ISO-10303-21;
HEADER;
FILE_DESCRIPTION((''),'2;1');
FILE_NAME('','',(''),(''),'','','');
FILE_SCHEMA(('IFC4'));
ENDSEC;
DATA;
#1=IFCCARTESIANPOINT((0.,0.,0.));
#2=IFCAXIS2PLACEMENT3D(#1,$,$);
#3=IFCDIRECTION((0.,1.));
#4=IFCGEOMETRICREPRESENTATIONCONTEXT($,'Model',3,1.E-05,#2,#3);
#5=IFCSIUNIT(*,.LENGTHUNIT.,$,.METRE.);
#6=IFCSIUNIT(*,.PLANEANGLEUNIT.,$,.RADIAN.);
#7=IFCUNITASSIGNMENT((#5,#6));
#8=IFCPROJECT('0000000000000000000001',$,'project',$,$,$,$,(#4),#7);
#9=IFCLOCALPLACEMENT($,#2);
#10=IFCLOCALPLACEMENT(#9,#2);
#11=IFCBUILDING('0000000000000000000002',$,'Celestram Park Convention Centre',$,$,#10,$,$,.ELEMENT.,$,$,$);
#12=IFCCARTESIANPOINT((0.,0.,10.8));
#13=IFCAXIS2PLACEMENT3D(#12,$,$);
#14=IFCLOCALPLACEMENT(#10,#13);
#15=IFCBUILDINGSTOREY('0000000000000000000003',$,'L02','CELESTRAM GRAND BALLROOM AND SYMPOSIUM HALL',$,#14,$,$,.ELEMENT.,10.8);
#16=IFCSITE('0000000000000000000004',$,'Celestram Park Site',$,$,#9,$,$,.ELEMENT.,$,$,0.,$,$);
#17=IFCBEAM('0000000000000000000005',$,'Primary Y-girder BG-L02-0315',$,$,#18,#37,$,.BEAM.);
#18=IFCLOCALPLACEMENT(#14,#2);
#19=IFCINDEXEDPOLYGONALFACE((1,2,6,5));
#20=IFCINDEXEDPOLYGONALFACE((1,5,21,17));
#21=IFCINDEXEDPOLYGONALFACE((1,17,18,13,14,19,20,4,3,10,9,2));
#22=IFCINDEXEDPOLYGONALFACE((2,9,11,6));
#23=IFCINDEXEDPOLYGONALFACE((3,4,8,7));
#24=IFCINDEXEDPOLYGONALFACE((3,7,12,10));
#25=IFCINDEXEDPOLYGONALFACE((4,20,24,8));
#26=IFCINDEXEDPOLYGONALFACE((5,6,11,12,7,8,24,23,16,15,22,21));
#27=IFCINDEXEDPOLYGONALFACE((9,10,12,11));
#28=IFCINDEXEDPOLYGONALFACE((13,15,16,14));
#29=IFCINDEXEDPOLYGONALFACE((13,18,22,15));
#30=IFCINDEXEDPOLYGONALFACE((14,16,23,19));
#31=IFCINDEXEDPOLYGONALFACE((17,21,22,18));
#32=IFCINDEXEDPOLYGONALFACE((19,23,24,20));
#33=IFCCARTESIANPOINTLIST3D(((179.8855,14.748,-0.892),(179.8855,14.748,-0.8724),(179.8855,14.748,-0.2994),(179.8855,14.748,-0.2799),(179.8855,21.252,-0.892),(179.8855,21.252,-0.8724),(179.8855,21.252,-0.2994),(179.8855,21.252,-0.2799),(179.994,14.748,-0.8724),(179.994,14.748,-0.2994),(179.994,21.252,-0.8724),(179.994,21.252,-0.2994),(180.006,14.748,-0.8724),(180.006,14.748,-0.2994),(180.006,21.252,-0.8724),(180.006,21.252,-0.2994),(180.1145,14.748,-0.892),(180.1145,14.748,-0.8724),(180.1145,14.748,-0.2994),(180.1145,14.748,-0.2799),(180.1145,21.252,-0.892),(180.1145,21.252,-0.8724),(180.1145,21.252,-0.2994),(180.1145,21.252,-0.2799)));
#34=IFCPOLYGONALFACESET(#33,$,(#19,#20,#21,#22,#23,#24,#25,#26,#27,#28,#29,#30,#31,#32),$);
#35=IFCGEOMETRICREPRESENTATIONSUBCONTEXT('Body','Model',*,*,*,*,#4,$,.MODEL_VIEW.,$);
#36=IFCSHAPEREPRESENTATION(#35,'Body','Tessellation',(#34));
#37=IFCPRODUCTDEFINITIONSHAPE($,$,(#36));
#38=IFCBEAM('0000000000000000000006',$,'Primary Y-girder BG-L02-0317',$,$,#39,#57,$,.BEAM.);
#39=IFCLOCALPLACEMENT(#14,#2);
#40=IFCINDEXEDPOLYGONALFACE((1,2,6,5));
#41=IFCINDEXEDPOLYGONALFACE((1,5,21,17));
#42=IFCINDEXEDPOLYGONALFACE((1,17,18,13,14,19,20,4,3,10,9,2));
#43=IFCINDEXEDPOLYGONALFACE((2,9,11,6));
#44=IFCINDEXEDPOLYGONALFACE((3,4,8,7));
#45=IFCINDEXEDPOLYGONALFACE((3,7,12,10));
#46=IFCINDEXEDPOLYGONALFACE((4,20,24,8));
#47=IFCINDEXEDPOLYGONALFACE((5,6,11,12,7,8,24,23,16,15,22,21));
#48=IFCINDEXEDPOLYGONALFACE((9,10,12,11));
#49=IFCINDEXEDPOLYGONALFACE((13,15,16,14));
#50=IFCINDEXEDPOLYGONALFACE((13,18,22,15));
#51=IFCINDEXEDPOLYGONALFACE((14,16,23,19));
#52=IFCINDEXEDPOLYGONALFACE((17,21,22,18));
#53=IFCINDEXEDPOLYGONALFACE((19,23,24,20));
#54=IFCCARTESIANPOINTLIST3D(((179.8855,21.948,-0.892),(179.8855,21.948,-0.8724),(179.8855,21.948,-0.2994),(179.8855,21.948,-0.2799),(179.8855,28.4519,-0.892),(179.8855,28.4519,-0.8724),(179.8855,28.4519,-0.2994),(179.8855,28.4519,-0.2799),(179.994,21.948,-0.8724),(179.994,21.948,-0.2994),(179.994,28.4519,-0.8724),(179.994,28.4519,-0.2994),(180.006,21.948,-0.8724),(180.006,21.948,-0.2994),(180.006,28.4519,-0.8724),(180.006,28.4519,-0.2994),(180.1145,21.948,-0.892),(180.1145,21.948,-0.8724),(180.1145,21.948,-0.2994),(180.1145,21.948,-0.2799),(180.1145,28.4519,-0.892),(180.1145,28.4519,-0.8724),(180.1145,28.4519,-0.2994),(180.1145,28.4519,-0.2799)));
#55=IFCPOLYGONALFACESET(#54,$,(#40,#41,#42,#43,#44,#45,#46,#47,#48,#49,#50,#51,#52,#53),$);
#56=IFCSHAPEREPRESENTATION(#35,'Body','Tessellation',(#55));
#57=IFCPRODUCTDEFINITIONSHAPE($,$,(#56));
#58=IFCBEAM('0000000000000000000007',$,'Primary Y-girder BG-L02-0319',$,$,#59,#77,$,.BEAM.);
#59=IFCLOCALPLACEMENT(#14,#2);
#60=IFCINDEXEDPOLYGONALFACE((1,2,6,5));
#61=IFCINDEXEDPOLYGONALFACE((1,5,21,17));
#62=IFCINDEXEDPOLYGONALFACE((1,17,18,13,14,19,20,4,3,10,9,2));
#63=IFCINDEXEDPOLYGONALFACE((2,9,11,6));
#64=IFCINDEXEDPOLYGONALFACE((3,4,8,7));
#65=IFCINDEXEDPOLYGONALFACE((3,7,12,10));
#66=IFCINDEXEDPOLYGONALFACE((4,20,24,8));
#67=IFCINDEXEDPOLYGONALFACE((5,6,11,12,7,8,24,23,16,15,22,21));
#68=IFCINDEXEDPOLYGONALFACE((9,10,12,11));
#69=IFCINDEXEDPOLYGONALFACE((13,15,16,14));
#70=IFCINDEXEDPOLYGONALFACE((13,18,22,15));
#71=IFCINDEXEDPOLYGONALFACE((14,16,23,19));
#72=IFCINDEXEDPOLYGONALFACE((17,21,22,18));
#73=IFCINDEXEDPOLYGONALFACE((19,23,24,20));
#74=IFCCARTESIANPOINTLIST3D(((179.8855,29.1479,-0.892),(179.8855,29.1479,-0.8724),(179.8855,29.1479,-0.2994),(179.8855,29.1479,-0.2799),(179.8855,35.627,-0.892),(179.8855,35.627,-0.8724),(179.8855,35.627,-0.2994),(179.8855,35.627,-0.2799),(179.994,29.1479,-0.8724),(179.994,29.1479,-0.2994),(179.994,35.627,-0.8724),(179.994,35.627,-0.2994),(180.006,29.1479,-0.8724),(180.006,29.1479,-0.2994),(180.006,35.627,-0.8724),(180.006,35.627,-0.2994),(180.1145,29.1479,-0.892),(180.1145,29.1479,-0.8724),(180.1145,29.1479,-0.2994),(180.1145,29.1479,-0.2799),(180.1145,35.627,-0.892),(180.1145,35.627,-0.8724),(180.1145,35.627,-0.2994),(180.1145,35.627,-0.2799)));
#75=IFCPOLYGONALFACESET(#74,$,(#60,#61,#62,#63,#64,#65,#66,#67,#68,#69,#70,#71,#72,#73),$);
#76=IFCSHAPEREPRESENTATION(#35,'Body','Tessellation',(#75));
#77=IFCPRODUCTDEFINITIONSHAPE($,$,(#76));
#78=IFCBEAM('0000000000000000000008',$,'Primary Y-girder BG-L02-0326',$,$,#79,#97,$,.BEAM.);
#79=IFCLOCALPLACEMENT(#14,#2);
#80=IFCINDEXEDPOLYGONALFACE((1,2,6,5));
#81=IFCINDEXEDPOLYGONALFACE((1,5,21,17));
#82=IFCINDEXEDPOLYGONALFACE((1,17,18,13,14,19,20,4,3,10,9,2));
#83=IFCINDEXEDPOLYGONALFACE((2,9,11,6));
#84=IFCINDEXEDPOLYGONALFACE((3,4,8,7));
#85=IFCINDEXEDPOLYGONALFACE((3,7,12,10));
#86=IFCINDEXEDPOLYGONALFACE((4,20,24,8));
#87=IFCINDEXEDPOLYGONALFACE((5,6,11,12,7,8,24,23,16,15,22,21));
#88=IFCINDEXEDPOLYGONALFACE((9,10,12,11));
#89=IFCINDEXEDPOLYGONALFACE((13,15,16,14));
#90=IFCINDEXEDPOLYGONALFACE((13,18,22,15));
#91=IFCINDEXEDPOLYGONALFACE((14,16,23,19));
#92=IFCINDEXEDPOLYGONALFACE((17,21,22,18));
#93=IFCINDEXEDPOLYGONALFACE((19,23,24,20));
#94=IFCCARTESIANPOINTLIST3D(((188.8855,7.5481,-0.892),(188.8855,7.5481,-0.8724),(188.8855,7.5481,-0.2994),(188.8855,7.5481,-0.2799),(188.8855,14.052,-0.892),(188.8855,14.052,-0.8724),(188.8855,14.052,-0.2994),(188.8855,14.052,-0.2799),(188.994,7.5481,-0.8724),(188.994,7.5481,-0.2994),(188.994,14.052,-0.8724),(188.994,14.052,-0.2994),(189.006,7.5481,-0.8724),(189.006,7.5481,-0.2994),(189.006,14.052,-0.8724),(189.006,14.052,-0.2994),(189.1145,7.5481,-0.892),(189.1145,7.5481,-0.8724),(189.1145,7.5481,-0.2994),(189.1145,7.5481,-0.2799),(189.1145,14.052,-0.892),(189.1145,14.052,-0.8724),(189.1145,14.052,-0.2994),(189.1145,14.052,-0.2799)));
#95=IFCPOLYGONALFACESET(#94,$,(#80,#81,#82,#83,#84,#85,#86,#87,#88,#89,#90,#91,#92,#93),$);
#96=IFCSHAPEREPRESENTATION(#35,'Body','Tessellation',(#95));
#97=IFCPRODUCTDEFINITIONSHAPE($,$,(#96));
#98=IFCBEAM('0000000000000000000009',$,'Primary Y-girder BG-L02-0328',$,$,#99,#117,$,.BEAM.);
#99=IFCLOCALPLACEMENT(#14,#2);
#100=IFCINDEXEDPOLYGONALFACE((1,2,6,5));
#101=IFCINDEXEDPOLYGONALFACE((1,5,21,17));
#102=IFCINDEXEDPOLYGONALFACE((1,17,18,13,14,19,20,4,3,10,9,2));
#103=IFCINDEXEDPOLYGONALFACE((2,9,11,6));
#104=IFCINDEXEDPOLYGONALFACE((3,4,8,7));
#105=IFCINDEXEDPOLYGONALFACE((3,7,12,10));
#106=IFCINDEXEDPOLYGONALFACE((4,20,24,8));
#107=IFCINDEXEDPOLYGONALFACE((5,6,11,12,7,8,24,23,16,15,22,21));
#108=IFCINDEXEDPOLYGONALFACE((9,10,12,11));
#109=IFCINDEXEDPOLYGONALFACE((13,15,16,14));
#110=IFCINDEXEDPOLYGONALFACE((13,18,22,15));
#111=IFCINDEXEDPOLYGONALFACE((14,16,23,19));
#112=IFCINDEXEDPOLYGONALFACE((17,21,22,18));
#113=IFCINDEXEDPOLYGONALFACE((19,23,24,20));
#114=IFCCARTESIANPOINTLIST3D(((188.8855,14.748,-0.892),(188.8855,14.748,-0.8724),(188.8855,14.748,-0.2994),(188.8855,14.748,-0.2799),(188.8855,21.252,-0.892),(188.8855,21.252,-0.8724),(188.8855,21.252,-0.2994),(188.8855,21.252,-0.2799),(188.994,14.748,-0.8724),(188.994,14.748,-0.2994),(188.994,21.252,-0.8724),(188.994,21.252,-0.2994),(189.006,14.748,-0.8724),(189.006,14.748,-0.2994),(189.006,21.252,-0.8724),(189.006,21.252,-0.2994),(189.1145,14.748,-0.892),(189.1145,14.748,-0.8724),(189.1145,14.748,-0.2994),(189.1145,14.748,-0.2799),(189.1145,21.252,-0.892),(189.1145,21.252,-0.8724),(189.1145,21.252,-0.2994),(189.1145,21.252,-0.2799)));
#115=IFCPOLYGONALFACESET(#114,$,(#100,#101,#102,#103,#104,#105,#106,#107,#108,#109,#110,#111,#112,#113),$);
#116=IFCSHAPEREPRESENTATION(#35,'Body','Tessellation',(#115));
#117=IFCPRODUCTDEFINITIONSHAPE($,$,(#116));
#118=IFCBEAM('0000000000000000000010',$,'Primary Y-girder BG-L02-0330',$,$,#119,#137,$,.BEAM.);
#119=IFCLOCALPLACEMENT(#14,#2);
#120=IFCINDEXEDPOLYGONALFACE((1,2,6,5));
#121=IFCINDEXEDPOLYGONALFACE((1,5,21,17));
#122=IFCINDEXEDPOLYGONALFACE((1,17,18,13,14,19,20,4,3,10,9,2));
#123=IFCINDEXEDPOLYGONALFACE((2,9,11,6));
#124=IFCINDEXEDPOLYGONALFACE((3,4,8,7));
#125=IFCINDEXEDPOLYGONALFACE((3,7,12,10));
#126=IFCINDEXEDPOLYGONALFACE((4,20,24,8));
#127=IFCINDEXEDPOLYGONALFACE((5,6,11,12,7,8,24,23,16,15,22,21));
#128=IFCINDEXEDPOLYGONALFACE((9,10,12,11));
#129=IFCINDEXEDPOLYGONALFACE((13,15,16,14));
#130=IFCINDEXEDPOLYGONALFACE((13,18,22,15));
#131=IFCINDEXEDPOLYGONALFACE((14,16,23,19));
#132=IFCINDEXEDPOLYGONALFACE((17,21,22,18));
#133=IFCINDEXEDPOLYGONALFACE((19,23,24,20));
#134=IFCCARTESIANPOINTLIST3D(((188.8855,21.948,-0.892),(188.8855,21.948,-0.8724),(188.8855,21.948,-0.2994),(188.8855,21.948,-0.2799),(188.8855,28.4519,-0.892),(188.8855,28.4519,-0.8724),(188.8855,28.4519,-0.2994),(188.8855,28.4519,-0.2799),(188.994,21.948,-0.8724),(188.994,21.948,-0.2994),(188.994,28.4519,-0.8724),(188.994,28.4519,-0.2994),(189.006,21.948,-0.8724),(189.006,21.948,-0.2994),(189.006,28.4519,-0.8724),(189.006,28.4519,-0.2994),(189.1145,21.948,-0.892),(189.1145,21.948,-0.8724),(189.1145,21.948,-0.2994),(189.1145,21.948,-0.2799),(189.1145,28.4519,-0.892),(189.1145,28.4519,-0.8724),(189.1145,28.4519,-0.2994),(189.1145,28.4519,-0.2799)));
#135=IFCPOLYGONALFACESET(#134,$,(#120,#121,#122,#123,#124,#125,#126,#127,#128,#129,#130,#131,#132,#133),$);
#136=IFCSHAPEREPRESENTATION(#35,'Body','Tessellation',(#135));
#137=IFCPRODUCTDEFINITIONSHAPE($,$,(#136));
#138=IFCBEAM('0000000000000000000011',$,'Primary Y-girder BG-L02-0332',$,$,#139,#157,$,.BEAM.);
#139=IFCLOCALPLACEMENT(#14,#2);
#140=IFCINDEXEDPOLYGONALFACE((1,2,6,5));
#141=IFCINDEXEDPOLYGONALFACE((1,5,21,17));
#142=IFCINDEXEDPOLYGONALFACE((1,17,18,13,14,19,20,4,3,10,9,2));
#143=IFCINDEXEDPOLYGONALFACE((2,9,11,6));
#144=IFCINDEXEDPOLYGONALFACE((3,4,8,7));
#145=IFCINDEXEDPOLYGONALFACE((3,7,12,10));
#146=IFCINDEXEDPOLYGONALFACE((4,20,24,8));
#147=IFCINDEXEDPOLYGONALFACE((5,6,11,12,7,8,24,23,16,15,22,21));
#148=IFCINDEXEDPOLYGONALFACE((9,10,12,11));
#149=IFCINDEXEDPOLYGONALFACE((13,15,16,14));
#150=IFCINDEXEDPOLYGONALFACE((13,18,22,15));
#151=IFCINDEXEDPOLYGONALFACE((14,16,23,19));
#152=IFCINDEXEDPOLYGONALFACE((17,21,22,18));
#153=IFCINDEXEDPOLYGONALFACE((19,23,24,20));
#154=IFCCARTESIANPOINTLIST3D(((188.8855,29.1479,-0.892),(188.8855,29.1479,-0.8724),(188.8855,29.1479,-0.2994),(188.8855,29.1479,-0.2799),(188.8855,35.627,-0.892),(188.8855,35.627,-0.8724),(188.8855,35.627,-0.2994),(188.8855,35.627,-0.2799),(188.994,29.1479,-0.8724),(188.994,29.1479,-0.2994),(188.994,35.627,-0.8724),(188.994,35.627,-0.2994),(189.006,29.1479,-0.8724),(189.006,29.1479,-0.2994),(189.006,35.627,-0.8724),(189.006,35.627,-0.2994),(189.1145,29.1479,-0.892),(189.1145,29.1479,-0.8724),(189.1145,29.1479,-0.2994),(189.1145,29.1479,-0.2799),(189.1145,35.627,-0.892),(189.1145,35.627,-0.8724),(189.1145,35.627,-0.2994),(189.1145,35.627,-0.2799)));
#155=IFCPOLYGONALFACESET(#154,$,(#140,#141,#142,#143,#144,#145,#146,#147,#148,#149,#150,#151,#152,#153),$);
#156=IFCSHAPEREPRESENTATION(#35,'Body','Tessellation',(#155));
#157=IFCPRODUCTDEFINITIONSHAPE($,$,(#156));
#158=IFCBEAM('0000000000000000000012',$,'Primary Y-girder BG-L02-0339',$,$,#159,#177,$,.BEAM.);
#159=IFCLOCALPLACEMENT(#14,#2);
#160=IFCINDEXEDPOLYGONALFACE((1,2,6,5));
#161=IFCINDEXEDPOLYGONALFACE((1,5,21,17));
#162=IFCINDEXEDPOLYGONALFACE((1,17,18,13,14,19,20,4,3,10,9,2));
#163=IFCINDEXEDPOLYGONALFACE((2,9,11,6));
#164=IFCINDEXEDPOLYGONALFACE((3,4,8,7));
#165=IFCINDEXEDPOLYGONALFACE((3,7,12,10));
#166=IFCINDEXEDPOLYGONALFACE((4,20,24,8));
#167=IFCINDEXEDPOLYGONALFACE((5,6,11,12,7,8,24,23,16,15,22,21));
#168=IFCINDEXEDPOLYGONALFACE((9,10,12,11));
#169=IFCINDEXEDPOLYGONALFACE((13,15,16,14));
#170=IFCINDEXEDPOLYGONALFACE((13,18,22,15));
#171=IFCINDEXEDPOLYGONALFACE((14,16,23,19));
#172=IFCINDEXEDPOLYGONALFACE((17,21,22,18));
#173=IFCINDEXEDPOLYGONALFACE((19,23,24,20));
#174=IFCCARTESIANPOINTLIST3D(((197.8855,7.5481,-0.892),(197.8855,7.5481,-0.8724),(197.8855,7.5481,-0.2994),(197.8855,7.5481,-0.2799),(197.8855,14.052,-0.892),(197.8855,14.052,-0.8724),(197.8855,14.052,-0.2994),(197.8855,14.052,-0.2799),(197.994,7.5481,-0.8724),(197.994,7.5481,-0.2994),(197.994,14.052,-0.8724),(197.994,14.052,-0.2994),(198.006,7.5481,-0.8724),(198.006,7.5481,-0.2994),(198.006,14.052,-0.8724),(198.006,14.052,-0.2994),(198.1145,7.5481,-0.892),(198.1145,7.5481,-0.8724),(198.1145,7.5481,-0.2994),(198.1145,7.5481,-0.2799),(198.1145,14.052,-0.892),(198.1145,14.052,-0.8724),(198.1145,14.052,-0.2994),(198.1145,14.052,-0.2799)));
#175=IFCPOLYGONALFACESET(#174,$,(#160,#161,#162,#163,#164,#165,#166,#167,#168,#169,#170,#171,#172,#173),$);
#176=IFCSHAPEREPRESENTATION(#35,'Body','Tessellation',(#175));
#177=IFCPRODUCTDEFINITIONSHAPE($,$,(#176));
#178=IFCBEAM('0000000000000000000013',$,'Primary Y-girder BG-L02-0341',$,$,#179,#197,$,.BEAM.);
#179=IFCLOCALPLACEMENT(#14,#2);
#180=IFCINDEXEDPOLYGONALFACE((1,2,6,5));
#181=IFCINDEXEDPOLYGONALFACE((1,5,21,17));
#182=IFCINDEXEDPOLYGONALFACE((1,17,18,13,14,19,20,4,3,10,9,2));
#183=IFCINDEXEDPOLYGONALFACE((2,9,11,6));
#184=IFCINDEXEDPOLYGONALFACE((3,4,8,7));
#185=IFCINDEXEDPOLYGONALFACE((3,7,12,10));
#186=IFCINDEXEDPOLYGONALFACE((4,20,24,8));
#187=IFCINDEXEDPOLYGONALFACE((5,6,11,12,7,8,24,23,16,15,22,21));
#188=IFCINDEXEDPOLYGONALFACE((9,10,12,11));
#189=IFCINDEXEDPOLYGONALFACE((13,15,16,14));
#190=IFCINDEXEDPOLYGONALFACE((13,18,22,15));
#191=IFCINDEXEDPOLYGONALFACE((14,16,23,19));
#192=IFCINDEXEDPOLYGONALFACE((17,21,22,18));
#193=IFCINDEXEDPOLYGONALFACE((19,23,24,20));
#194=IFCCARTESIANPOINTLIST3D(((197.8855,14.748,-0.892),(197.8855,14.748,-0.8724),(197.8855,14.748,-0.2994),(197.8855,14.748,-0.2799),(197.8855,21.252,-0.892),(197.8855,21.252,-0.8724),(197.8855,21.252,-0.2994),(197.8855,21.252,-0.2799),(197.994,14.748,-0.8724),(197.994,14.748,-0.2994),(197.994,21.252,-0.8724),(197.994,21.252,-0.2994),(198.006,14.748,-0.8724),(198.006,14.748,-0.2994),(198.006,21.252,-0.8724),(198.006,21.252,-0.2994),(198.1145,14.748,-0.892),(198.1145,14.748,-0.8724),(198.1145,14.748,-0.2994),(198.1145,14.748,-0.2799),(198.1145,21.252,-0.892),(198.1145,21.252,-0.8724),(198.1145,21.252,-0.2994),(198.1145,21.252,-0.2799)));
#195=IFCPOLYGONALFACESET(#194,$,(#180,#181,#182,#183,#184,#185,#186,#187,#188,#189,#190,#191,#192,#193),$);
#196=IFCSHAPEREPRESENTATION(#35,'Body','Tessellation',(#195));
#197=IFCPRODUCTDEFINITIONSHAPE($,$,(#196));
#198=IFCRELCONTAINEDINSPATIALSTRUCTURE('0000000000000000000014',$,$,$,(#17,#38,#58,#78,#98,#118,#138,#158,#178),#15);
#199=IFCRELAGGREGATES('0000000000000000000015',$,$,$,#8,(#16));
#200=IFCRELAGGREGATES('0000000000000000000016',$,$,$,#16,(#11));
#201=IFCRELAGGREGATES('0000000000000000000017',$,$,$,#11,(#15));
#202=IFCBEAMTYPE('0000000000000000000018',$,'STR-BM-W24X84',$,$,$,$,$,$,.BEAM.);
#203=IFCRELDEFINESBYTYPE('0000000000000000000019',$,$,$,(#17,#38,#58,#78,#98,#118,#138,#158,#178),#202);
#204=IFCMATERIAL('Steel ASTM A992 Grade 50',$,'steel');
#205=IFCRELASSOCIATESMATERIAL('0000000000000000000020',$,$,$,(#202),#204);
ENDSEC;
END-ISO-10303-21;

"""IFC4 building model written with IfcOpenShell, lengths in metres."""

from ifc_helpers import new_model, si_unit, direction, frame, origin, origin_2d, place, context, subcontext, project, spatial, i_section, extrude, material, material_profile, profile_set, type_object, element, save


model = new_model("IFC4")

# Units and contexts
model_context = context("Model", 3, precision=1e-05, world=origin(), true_north=direction((0.0, 1.0)))
body_context = subcontext(model_context, "Body", "Model", "MODEL_VIEW")
ifc_project = project(units=[si_unit("LENGTHUNIT", "METRE"), si_unit("PLANEANGLEUNIT", "RADIAN")], contexts=[model_context])

# Site, building, storey
site_placement = place(None, origin())
site = spatial("IfcSite", under=ifc_project, at=site_placement, Name="Celestram Park Site", CompositionType="ELEMENT", RefElevation=0.0)
building_placement = place(site_placement, origin())
building = spatial("IfcBuilding", under=site, at=building_placement, Name="Celestram Park Convention Centre", CompositionType="ELEMENT")
storey_placement = place(building_placement, frame((0.0, 0.0, 10.8)))
storey = spatial("IfcBuildingStorey", under=building, at=storey_placement, Name="L02", Description="CELESTRAM GRAND BALLROOM AND SYMPOSIUM HALL", CompositionType="ELEMENT", Elevation=10.8)

# Beams
ifc_material_1 = material(Name="Steel ASTM A992 Grade 50", Category="steel")
ifc_material_profile_1 = material_profile(ifc_material_1, i_section(OverallWidth=0.229, OverallDepth=0.6121, WebThickness=0.012, FlangeThickness=0.0195, at=origin_2d()), Name="W24X84")
ifc_profile_set_1 = profile_set([ifc_material_profile_1], Name="Steel ASTM A992 Grade 50")
beam_type_1 = type_object("IfcBeamType", Name="STR-BM-W24X84", PredefinedType="BEAM", material=ifc_profile_set_1)
for number, where, z_axis, x_axis, name in (
    (1, (180.0, 14.748, -0.5859), (0.0, 1.0, 0.0), (-1.0, 0.0, 0.0), "Primary Y-girder BG-L02-0315"),
    (2, (180.0, 21.948, -0.5859), (0.0, 1.0, 0.0), (-1.0, 0.0, 0.0), "Primary Y-girder BG-L02-0317"),
):
    element("IfcBeam", number, at=place(storey_placement, frame(where, z_axis=z_axis, x_axis=x_axis)), inside=storey, type_object=beam_type_1, Name=name, PredefinedType="BEAM", context=body_context, shape_type="SweptSolid", body=[
        extrude(i_section(OverallWidth=0.229, OverallDepth=0.6121, WebThickness=0.012, FlangeThickness=0.0195, at=origin_2d()), origin(), (0.0, 0.0, 1.0), 6.5039),
    ])
beam_1_placement = place(storey_placement, frame((180.0, 29.1479, -0.5859), z_axis=(0.0, 1.0, 0.0), x_axis=(-1.0, 0.0, 0.0)))
element("IfcBeam", 3, at=beam_1_placement, inside=storey, type_object=beam_type_1, Name="Primary Y-girder BG-L02-0319", PredefinedType="BEAM", context=body_context, shape_type="SweptSolid", body=[
    extrude(i_section(OverallWidth=0.229, OverallDepth=0.6121, WebThickness=0.012, FlangeThickness=0.0195, at=origin_2d()), origin(), (0.0, 0.0, 1.0), 6.479),
])
for number, where, z_axis, x_axis, name in (
    (4, (189.0, 7.5481, -0.5859), (0.0, 1.0, 0.0), (-1.0, 0.0, 0.0), "Primary Y-girder BG-L02-0326"),
    (5, (189.0, 14.748, -0.5859), (0.0, 1.0, 0.0), (-1.0, 0.0, 0.0), "Primary Y-girder BG-L02-0328"),
    (6, (189.0, 21.948, -0.5859), (0.0, 1.0, 0.0), (-1.0, 0.0, 0.0), "Primary Y-girder BG-L02-0330"),
):
    element("IfcBeam", number, at=place(storey_placement, frame(where, z_axis=z_axis, x_axis=x_axis)), inside=storey, type_object=beam_type_1, Name=name, PredefinedType="BEAM", context=body_context, shape_type="SweptSolid", body=[
        extrude(i_section(OverallWidth=0.229, OverallDepth=0.6121, WebThickness=0.012, FlangeThickness=0.0195, at=origin_2d()), origin(), (0.0, 0.0, 1.0), 6.5039),
    ])
beam_2_placement = place(storey_placement, frame((189.0, 29.1479, -0.5859), z_axis=(0.0, 1.0, 0.0), x_axis=(-1.0, 0.0, 0.0)))
element("IfcBeam", 7, at=beam_2_placement, inside=storey, type_object=beam_type_1, Name="Primary Y-girder BG-L02-0332", PredefinedType="BEAM", context=body_context, shape_type="SweptSolid", body=[
    extrude(i_section(OverallWidth=0.229, OverallDepth=0.6121, WebThickness=0.012, FlangeThickness=0.0195, at=origin_2d()), origin(), (0.0, 0.0, 1.0), 6.479),
])
for number, where, z_axis, x_axis, name in (
    (8, (198.0, 7.5481, -0.5859), (0.0, 1.0, 0.0), (-1.0, 0.0, 0.0), "Primary Y-girder BG-L02-0339"),
    (9, (198.0, 14.748, -0.5859), (0.0, 1.0, 0.0), (-1.0, 0.0, 0.0), "Primary Y-girder BG-L02-0341"),
):
    element("IfcBeam", number, at=place(storey_placement, frame(where, z_axis=z_axis, x_axis=x_axis)), inside=storey, type_object=beam_type_1, Name=name, PredefinedType="BEAM", context=body_context, shape_type="SweptSolid", body=[
        extrude(i_section(OverallWidth=0.229, OverallDepth=0.6121, WebThickness=0.012, FlangeThickness=0.0195, at=origin_2d()), origin(), (0.0, 0.0, 1.0), 6.5039),
    ])

save(model, "model.ifc")
